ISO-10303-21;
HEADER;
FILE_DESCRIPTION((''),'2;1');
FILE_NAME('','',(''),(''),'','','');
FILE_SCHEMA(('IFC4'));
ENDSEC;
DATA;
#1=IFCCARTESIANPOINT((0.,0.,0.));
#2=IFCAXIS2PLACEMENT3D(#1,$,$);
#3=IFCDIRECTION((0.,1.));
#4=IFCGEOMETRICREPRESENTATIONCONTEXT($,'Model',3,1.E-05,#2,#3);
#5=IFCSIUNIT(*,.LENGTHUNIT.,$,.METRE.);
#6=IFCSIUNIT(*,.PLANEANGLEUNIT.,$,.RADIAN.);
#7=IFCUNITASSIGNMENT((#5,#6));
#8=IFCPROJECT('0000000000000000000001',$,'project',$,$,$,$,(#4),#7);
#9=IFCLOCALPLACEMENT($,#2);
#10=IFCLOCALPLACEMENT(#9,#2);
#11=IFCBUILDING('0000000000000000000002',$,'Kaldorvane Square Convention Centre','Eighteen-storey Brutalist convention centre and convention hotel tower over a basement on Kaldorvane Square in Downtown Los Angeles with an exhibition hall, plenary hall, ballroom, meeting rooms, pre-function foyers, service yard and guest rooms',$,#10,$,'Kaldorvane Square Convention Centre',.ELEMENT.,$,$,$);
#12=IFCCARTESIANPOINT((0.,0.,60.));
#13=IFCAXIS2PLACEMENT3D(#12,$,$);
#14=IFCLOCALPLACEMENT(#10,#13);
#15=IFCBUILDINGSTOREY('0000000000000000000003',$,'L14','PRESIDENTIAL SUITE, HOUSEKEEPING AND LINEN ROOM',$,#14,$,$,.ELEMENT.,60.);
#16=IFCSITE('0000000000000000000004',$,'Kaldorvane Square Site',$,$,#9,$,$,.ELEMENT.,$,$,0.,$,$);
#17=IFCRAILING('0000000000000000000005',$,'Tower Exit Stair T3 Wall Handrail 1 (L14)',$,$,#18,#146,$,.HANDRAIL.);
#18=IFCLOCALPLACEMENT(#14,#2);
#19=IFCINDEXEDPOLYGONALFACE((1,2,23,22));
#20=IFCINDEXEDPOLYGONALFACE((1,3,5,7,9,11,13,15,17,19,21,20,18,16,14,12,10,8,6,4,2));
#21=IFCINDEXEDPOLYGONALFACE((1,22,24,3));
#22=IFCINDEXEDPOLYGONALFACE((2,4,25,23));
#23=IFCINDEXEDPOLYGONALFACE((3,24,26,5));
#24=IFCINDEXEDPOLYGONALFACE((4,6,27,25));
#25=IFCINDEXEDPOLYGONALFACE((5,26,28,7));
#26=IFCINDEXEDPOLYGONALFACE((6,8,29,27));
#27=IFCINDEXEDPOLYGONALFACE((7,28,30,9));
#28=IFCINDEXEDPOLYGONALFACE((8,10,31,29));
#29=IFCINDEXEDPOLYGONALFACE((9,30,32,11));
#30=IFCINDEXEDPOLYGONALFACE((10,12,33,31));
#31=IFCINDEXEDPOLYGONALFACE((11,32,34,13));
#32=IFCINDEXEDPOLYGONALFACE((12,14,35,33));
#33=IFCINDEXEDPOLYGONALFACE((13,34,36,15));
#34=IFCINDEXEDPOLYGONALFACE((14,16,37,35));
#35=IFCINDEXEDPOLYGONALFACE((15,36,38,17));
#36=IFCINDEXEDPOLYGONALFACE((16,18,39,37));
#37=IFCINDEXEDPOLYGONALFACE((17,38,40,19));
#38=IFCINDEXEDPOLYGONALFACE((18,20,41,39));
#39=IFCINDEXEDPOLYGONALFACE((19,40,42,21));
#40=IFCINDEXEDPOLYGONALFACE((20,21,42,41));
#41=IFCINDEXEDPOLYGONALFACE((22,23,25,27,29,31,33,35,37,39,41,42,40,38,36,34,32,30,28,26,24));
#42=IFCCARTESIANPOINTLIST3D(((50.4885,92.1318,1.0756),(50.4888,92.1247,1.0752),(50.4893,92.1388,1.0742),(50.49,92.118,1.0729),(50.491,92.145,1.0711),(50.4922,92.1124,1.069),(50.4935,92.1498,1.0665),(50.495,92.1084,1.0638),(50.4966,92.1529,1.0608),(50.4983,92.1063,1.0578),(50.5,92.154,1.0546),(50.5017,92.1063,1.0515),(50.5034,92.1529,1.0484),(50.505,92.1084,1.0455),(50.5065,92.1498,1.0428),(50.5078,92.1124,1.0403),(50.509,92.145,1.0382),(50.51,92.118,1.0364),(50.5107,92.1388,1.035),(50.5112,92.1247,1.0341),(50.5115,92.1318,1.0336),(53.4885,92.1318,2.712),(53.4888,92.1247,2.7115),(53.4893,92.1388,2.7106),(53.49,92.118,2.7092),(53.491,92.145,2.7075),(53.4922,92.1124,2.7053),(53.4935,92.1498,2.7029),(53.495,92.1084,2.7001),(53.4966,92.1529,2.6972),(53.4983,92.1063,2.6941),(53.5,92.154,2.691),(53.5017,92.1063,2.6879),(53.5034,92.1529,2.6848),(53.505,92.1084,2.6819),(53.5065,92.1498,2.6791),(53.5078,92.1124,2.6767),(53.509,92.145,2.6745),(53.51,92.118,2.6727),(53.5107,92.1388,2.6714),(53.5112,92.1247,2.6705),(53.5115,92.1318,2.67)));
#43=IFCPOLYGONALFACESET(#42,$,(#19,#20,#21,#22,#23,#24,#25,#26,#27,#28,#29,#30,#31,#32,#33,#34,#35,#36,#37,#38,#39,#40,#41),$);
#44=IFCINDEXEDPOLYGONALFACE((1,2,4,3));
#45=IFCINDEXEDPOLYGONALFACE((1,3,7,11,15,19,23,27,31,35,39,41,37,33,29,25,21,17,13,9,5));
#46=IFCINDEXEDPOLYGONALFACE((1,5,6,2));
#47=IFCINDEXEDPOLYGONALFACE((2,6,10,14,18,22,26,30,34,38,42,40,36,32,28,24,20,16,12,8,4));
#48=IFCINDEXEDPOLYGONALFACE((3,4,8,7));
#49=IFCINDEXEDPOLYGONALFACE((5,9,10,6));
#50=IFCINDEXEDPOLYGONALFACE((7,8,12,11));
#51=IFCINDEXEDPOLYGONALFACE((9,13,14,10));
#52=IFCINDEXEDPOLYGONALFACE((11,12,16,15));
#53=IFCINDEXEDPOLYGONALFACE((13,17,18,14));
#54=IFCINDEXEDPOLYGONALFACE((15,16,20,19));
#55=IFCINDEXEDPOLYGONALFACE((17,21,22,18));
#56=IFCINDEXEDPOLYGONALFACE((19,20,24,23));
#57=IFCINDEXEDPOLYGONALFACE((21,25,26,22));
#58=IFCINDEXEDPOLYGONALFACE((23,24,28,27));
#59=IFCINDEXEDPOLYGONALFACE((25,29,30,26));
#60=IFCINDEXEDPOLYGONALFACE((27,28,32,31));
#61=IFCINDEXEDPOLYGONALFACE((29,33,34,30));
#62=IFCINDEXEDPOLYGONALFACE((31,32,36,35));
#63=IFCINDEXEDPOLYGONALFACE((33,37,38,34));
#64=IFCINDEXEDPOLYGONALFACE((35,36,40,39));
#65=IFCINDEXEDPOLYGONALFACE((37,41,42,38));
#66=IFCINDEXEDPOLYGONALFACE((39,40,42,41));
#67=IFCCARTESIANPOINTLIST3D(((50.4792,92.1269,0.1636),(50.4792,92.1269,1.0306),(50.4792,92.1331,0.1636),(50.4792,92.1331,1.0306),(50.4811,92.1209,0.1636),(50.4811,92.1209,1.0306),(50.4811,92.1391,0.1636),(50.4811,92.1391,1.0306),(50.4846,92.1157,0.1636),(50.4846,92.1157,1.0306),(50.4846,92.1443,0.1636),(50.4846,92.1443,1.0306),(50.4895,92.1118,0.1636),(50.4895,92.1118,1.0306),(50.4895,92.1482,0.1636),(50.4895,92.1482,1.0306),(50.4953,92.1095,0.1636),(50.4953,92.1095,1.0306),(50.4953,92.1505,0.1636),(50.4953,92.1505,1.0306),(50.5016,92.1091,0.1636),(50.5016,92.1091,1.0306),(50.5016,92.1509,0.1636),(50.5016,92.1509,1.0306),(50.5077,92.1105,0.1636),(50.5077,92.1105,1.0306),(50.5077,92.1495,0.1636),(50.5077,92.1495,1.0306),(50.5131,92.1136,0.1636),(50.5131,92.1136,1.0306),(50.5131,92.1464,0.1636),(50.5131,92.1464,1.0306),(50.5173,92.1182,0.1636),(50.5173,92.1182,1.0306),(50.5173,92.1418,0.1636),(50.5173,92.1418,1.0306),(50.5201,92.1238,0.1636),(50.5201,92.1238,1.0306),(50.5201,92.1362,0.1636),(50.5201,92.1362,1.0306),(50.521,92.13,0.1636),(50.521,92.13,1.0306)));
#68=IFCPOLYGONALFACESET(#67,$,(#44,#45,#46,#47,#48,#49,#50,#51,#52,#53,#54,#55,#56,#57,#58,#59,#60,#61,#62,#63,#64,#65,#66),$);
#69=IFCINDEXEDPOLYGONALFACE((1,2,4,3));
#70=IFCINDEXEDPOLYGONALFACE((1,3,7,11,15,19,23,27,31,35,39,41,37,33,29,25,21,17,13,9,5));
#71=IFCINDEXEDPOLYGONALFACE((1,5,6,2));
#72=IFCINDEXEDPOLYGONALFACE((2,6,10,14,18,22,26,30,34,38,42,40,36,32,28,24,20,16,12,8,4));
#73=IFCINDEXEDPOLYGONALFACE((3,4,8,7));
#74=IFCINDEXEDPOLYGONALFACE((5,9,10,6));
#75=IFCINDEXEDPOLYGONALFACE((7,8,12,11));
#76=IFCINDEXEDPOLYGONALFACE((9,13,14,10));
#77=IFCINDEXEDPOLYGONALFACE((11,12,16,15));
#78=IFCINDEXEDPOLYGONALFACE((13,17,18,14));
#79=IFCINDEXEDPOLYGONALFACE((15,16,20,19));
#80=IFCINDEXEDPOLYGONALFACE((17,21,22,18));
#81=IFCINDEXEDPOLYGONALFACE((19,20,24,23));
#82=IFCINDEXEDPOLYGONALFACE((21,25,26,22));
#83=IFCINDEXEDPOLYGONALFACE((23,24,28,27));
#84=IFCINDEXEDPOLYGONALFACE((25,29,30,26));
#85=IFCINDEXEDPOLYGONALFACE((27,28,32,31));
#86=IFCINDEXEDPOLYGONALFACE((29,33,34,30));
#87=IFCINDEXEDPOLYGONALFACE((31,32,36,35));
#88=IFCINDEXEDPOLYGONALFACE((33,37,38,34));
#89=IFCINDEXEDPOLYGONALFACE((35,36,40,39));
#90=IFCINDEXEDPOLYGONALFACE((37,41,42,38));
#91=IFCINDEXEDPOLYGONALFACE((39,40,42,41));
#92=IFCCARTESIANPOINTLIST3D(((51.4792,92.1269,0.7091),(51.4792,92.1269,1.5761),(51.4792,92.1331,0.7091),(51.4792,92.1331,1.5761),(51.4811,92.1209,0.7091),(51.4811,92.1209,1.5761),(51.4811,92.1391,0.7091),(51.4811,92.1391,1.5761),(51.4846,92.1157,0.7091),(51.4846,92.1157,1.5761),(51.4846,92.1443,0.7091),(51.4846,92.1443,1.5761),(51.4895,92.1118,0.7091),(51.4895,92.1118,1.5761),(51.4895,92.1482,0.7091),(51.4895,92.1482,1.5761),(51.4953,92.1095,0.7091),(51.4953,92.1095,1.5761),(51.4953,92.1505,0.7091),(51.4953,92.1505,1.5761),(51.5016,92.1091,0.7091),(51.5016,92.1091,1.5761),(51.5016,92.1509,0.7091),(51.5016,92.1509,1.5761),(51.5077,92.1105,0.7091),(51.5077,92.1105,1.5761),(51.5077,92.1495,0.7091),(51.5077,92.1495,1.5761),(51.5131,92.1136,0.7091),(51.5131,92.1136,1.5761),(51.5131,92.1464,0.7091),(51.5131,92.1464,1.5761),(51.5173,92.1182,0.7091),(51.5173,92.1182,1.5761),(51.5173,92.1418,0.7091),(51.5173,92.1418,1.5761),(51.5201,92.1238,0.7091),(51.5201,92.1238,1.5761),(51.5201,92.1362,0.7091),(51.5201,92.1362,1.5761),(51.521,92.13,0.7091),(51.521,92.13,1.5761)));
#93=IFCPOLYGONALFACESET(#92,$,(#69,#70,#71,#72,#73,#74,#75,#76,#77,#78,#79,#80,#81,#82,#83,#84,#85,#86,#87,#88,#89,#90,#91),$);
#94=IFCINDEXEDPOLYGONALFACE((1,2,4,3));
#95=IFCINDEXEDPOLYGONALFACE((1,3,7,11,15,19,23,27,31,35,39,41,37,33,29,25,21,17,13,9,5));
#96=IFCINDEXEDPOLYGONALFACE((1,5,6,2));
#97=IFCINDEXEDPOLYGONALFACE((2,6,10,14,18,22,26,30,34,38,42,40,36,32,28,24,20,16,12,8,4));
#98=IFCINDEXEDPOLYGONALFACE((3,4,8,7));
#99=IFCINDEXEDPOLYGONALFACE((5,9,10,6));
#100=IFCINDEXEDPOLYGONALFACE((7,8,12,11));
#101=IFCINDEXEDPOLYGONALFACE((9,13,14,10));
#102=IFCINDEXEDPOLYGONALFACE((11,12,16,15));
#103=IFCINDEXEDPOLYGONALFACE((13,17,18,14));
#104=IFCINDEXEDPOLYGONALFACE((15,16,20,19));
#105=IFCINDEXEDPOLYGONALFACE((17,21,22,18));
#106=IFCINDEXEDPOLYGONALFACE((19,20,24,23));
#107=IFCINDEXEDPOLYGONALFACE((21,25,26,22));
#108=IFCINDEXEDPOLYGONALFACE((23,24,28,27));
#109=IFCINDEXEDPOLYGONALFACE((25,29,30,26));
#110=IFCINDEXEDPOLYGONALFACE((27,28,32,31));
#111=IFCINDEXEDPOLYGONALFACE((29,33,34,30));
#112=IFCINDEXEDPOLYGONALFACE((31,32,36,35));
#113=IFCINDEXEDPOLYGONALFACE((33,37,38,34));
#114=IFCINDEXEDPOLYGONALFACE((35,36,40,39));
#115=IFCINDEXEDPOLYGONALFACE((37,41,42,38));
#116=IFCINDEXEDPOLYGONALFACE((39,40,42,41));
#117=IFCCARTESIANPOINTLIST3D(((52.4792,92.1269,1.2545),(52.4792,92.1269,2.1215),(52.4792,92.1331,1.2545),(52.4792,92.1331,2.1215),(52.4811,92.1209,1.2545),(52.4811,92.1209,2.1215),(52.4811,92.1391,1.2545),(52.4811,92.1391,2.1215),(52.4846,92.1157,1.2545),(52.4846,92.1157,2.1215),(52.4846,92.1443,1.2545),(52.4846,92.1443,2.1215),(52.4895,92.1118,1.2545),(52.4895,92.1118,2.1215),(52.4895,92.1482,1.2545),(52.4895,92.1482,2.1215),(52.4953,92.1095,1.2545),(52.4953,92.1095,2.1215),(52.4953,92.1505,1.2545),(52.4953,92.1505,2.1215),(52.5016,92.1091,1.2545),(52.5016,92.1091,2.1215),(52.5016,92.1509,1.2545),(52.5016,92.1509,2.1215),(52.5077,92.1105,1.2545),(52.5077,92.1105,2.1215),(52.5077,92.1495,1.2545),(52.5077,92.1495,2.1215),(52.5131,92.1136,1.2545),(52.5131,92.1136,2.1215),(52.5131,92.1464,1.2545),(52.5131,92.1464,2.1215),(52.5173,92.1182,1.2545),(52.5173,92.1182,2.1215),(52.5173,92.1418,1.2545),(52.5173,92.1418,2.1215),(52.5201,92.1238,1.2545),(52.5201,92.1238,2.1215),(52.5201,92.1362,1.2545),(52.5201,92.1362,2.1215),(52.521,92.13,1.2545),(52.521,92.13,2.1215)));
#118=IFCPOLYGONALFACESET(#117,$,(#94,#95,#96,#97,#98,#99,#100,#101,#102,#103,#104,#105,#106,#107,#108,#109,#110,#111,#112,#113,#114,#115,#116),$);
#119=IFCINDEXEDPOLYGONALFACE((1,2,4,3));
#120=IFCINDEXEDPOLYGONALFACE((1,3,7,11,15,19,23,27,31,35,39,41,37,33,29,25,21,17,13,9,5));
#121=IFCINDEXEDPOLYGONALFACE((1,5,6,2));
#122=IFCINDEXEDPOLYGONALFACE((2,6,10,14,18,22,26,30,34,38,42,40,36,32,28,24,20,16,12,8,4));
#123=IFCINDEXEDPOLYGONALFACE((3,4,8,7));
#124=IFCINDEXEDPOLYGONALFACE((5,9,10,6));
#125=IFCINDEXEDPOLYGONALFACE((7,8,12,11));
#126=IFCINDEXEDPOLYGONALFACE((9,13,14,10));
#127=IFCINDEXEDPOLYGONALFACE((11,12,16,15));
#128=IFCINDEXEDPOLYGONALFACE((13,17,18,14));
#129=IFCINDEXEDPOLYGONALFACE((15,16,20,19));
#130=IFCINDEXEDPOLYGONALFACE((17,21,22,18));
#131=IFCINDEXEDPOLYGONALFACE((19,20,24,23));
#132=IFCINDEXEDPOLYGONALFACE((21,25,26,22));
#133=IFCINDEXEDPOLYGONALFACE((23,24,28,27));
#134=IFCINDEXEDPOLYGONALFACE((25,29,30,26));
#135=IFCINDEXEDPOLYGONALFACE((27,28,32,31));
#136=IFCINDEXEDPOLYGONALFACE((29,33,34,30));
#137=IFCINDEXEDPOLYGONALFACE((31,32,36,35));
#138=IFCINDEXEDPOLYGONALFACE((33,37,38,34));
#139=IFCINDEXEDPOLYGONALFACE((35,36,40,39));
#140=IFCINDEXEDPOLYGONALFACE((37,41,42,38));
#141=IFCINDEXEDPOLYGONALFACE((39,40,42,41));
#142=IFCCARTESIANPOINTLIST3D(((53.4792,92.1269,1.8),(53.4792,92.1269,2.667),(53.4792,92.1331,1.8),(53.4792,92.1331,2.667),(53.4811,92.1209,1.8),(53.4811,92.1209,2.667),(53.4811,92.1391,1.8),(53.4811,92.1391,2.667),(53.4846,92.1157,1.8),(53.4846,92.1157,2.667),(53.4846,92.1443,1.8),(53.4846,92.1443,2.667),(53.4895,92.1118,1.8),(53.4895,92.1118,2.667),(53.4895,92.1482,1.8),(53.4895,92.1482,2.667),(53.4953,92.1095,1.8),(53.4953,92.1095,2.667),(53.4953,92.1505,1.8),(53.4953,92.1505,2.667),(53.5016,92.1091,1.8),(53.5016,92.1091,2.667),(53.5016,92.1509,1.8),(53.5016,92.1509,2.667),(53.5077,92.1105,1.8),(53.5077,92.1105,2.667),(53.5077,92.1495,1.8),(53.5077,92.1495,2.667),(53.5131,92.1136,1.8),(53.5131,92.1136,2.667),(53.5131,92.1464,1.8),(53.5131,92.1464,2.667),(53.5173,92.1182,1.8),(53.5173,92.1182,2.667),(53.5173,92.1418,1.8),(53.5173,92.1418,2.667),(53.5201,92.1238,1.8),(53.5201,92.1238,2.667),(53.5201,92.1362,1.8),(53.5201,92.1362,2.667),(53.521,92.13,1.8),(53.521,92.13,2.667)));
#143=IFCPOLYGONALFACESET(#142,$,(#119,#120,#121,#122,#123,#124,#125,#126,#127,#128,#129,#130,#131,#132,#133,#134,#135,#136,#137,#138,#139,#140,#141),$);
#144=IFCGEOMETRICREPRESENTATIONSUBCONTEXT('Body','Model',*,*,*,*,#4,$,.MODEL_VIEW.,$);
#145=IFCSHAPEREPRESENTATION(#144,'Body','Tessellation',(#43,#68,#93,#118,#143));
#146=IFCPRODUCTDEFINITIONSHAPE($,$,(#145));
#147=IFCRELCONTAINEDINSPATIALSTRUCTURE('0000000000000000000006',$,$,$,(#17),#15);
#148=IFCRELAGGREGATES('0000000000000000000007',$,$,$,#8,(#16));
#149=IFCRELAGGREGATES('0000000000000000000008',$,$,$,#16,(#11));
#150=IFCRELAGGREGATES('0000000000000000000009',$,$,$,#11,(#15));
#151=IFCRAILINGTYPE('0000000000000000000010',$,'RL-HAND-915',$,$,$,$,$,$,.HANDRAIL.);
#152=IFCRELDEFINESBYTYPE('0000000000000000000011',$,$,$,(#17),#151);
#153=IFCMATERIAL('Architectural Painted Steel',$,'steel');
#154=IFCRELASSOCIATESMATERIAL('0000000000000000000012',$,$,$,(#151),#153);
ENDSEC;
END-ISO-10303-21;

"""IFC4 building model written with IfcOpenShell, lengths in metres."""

from ifc_helpers import new_model, si_unit, direction, frame, origin, origin_2d, place, context, subcontext, project, spatial, circle, extrude, material, type_object, element, save


model = new_model("IFC4")

# Units and contexts
model_context = context("Model", 3, precision=1e-05, world=origin(), true_north=direction((0.0, 1.0)))
body_context = subcontext(model_context, "Body", "Model", "MODEL_VIEW")
ifc_project = project(units=[si_unit("LENGTHUNIT", "METRE"), si_unit("PLANEANGLEUNIT", "RADIAN")], contexts=[model_context])

# Site, building, storey
site_placement = place(None, origin())
site = spatial("IfcSite", under=ifc_project, at=site_placement, Name="Kaldorvane Square Site", CompositionType="ELEMENT", RefElevation=0.0)
building_placement = place(site_placement, origin())
building = spatial("IfcBuilding", under=site, at=building_placement, Name="Kaldorvane Square Convention Centre", Description="Eighteen-storey Brutalist convention centre and convention hotel tower over a basement on Kaldorvane Square in Downtown Los Angeles with an exhibition hall, plenary hall, ballroom, meeting rooms, pre-function foyers, service yard and guest rooms", LongName="Kaldorvane Square Convention Centre", CompositionType="ELEMENT")
storey_placement = place(building_placement, frame((0.0, 0.0, 60.0)))
storey = spatial("IfcBuildingStorey", under=building, at=storey_placement, Name="L14", Description="PRESIDENTIAL SUITE, HOUSEKEEPING AND LINEN ROOM", CompositionType="ELEMENT", Elevation=60.0)

# Railing
ifc_material_1 = material(Name="Architectural Painted Steel", Category="steel")
railing_type_1 = type_object("IfcRailingType", Name="RL-HAND-915", PredefinedType="HANDRAIL", material=ifc_material_1)
for number, where, name in (
    (1, (50.5, 92.13, 0.1636), "Tower Exit Stair T3 Wall Handrail 1 (L14)"),
):
    element("IfcRailing", number, at=place(storey_placement, frame(where)), inside=storey, type_object=railing_type_1, Name=name, PredefinedType="HANDRAIL", context=body_context, shape_type="SweptSolid", body=[
        extrude(circle(Radius=0.024, at=origin_2d()), frame((0.0, 0.0, 0.891), z_axis=(0.877895, 0.0, 0.478853), x_axis=(0.0, 1.0, 0.0)), (0.0, 0.0, 1.0), 3.4173),
        extrude(circle(Radius=0.021, at=origin_2d()), origin(), (0.0, 0.0, 1.0), 0.867),
        extrude(circle(Radius=0.021, at=origin_2d()), frame((1.0, 0.0, 0.5455)), (0.0, 0.0, 1.0), 0.867),
        extrude(circle(Radius=0.021, at=origin_2d()), frame((2.0, 0.0, 1.0909)), (0.0, 0.0, 1.0), 0.867),
        extrude(circle(Radius=0.021, at=origin_2d()), frame((3.0, 0.0, 1.6364)), (0.0, 0.0, 1.0), 0.867),
    ])

save(model, "model.ifc")
